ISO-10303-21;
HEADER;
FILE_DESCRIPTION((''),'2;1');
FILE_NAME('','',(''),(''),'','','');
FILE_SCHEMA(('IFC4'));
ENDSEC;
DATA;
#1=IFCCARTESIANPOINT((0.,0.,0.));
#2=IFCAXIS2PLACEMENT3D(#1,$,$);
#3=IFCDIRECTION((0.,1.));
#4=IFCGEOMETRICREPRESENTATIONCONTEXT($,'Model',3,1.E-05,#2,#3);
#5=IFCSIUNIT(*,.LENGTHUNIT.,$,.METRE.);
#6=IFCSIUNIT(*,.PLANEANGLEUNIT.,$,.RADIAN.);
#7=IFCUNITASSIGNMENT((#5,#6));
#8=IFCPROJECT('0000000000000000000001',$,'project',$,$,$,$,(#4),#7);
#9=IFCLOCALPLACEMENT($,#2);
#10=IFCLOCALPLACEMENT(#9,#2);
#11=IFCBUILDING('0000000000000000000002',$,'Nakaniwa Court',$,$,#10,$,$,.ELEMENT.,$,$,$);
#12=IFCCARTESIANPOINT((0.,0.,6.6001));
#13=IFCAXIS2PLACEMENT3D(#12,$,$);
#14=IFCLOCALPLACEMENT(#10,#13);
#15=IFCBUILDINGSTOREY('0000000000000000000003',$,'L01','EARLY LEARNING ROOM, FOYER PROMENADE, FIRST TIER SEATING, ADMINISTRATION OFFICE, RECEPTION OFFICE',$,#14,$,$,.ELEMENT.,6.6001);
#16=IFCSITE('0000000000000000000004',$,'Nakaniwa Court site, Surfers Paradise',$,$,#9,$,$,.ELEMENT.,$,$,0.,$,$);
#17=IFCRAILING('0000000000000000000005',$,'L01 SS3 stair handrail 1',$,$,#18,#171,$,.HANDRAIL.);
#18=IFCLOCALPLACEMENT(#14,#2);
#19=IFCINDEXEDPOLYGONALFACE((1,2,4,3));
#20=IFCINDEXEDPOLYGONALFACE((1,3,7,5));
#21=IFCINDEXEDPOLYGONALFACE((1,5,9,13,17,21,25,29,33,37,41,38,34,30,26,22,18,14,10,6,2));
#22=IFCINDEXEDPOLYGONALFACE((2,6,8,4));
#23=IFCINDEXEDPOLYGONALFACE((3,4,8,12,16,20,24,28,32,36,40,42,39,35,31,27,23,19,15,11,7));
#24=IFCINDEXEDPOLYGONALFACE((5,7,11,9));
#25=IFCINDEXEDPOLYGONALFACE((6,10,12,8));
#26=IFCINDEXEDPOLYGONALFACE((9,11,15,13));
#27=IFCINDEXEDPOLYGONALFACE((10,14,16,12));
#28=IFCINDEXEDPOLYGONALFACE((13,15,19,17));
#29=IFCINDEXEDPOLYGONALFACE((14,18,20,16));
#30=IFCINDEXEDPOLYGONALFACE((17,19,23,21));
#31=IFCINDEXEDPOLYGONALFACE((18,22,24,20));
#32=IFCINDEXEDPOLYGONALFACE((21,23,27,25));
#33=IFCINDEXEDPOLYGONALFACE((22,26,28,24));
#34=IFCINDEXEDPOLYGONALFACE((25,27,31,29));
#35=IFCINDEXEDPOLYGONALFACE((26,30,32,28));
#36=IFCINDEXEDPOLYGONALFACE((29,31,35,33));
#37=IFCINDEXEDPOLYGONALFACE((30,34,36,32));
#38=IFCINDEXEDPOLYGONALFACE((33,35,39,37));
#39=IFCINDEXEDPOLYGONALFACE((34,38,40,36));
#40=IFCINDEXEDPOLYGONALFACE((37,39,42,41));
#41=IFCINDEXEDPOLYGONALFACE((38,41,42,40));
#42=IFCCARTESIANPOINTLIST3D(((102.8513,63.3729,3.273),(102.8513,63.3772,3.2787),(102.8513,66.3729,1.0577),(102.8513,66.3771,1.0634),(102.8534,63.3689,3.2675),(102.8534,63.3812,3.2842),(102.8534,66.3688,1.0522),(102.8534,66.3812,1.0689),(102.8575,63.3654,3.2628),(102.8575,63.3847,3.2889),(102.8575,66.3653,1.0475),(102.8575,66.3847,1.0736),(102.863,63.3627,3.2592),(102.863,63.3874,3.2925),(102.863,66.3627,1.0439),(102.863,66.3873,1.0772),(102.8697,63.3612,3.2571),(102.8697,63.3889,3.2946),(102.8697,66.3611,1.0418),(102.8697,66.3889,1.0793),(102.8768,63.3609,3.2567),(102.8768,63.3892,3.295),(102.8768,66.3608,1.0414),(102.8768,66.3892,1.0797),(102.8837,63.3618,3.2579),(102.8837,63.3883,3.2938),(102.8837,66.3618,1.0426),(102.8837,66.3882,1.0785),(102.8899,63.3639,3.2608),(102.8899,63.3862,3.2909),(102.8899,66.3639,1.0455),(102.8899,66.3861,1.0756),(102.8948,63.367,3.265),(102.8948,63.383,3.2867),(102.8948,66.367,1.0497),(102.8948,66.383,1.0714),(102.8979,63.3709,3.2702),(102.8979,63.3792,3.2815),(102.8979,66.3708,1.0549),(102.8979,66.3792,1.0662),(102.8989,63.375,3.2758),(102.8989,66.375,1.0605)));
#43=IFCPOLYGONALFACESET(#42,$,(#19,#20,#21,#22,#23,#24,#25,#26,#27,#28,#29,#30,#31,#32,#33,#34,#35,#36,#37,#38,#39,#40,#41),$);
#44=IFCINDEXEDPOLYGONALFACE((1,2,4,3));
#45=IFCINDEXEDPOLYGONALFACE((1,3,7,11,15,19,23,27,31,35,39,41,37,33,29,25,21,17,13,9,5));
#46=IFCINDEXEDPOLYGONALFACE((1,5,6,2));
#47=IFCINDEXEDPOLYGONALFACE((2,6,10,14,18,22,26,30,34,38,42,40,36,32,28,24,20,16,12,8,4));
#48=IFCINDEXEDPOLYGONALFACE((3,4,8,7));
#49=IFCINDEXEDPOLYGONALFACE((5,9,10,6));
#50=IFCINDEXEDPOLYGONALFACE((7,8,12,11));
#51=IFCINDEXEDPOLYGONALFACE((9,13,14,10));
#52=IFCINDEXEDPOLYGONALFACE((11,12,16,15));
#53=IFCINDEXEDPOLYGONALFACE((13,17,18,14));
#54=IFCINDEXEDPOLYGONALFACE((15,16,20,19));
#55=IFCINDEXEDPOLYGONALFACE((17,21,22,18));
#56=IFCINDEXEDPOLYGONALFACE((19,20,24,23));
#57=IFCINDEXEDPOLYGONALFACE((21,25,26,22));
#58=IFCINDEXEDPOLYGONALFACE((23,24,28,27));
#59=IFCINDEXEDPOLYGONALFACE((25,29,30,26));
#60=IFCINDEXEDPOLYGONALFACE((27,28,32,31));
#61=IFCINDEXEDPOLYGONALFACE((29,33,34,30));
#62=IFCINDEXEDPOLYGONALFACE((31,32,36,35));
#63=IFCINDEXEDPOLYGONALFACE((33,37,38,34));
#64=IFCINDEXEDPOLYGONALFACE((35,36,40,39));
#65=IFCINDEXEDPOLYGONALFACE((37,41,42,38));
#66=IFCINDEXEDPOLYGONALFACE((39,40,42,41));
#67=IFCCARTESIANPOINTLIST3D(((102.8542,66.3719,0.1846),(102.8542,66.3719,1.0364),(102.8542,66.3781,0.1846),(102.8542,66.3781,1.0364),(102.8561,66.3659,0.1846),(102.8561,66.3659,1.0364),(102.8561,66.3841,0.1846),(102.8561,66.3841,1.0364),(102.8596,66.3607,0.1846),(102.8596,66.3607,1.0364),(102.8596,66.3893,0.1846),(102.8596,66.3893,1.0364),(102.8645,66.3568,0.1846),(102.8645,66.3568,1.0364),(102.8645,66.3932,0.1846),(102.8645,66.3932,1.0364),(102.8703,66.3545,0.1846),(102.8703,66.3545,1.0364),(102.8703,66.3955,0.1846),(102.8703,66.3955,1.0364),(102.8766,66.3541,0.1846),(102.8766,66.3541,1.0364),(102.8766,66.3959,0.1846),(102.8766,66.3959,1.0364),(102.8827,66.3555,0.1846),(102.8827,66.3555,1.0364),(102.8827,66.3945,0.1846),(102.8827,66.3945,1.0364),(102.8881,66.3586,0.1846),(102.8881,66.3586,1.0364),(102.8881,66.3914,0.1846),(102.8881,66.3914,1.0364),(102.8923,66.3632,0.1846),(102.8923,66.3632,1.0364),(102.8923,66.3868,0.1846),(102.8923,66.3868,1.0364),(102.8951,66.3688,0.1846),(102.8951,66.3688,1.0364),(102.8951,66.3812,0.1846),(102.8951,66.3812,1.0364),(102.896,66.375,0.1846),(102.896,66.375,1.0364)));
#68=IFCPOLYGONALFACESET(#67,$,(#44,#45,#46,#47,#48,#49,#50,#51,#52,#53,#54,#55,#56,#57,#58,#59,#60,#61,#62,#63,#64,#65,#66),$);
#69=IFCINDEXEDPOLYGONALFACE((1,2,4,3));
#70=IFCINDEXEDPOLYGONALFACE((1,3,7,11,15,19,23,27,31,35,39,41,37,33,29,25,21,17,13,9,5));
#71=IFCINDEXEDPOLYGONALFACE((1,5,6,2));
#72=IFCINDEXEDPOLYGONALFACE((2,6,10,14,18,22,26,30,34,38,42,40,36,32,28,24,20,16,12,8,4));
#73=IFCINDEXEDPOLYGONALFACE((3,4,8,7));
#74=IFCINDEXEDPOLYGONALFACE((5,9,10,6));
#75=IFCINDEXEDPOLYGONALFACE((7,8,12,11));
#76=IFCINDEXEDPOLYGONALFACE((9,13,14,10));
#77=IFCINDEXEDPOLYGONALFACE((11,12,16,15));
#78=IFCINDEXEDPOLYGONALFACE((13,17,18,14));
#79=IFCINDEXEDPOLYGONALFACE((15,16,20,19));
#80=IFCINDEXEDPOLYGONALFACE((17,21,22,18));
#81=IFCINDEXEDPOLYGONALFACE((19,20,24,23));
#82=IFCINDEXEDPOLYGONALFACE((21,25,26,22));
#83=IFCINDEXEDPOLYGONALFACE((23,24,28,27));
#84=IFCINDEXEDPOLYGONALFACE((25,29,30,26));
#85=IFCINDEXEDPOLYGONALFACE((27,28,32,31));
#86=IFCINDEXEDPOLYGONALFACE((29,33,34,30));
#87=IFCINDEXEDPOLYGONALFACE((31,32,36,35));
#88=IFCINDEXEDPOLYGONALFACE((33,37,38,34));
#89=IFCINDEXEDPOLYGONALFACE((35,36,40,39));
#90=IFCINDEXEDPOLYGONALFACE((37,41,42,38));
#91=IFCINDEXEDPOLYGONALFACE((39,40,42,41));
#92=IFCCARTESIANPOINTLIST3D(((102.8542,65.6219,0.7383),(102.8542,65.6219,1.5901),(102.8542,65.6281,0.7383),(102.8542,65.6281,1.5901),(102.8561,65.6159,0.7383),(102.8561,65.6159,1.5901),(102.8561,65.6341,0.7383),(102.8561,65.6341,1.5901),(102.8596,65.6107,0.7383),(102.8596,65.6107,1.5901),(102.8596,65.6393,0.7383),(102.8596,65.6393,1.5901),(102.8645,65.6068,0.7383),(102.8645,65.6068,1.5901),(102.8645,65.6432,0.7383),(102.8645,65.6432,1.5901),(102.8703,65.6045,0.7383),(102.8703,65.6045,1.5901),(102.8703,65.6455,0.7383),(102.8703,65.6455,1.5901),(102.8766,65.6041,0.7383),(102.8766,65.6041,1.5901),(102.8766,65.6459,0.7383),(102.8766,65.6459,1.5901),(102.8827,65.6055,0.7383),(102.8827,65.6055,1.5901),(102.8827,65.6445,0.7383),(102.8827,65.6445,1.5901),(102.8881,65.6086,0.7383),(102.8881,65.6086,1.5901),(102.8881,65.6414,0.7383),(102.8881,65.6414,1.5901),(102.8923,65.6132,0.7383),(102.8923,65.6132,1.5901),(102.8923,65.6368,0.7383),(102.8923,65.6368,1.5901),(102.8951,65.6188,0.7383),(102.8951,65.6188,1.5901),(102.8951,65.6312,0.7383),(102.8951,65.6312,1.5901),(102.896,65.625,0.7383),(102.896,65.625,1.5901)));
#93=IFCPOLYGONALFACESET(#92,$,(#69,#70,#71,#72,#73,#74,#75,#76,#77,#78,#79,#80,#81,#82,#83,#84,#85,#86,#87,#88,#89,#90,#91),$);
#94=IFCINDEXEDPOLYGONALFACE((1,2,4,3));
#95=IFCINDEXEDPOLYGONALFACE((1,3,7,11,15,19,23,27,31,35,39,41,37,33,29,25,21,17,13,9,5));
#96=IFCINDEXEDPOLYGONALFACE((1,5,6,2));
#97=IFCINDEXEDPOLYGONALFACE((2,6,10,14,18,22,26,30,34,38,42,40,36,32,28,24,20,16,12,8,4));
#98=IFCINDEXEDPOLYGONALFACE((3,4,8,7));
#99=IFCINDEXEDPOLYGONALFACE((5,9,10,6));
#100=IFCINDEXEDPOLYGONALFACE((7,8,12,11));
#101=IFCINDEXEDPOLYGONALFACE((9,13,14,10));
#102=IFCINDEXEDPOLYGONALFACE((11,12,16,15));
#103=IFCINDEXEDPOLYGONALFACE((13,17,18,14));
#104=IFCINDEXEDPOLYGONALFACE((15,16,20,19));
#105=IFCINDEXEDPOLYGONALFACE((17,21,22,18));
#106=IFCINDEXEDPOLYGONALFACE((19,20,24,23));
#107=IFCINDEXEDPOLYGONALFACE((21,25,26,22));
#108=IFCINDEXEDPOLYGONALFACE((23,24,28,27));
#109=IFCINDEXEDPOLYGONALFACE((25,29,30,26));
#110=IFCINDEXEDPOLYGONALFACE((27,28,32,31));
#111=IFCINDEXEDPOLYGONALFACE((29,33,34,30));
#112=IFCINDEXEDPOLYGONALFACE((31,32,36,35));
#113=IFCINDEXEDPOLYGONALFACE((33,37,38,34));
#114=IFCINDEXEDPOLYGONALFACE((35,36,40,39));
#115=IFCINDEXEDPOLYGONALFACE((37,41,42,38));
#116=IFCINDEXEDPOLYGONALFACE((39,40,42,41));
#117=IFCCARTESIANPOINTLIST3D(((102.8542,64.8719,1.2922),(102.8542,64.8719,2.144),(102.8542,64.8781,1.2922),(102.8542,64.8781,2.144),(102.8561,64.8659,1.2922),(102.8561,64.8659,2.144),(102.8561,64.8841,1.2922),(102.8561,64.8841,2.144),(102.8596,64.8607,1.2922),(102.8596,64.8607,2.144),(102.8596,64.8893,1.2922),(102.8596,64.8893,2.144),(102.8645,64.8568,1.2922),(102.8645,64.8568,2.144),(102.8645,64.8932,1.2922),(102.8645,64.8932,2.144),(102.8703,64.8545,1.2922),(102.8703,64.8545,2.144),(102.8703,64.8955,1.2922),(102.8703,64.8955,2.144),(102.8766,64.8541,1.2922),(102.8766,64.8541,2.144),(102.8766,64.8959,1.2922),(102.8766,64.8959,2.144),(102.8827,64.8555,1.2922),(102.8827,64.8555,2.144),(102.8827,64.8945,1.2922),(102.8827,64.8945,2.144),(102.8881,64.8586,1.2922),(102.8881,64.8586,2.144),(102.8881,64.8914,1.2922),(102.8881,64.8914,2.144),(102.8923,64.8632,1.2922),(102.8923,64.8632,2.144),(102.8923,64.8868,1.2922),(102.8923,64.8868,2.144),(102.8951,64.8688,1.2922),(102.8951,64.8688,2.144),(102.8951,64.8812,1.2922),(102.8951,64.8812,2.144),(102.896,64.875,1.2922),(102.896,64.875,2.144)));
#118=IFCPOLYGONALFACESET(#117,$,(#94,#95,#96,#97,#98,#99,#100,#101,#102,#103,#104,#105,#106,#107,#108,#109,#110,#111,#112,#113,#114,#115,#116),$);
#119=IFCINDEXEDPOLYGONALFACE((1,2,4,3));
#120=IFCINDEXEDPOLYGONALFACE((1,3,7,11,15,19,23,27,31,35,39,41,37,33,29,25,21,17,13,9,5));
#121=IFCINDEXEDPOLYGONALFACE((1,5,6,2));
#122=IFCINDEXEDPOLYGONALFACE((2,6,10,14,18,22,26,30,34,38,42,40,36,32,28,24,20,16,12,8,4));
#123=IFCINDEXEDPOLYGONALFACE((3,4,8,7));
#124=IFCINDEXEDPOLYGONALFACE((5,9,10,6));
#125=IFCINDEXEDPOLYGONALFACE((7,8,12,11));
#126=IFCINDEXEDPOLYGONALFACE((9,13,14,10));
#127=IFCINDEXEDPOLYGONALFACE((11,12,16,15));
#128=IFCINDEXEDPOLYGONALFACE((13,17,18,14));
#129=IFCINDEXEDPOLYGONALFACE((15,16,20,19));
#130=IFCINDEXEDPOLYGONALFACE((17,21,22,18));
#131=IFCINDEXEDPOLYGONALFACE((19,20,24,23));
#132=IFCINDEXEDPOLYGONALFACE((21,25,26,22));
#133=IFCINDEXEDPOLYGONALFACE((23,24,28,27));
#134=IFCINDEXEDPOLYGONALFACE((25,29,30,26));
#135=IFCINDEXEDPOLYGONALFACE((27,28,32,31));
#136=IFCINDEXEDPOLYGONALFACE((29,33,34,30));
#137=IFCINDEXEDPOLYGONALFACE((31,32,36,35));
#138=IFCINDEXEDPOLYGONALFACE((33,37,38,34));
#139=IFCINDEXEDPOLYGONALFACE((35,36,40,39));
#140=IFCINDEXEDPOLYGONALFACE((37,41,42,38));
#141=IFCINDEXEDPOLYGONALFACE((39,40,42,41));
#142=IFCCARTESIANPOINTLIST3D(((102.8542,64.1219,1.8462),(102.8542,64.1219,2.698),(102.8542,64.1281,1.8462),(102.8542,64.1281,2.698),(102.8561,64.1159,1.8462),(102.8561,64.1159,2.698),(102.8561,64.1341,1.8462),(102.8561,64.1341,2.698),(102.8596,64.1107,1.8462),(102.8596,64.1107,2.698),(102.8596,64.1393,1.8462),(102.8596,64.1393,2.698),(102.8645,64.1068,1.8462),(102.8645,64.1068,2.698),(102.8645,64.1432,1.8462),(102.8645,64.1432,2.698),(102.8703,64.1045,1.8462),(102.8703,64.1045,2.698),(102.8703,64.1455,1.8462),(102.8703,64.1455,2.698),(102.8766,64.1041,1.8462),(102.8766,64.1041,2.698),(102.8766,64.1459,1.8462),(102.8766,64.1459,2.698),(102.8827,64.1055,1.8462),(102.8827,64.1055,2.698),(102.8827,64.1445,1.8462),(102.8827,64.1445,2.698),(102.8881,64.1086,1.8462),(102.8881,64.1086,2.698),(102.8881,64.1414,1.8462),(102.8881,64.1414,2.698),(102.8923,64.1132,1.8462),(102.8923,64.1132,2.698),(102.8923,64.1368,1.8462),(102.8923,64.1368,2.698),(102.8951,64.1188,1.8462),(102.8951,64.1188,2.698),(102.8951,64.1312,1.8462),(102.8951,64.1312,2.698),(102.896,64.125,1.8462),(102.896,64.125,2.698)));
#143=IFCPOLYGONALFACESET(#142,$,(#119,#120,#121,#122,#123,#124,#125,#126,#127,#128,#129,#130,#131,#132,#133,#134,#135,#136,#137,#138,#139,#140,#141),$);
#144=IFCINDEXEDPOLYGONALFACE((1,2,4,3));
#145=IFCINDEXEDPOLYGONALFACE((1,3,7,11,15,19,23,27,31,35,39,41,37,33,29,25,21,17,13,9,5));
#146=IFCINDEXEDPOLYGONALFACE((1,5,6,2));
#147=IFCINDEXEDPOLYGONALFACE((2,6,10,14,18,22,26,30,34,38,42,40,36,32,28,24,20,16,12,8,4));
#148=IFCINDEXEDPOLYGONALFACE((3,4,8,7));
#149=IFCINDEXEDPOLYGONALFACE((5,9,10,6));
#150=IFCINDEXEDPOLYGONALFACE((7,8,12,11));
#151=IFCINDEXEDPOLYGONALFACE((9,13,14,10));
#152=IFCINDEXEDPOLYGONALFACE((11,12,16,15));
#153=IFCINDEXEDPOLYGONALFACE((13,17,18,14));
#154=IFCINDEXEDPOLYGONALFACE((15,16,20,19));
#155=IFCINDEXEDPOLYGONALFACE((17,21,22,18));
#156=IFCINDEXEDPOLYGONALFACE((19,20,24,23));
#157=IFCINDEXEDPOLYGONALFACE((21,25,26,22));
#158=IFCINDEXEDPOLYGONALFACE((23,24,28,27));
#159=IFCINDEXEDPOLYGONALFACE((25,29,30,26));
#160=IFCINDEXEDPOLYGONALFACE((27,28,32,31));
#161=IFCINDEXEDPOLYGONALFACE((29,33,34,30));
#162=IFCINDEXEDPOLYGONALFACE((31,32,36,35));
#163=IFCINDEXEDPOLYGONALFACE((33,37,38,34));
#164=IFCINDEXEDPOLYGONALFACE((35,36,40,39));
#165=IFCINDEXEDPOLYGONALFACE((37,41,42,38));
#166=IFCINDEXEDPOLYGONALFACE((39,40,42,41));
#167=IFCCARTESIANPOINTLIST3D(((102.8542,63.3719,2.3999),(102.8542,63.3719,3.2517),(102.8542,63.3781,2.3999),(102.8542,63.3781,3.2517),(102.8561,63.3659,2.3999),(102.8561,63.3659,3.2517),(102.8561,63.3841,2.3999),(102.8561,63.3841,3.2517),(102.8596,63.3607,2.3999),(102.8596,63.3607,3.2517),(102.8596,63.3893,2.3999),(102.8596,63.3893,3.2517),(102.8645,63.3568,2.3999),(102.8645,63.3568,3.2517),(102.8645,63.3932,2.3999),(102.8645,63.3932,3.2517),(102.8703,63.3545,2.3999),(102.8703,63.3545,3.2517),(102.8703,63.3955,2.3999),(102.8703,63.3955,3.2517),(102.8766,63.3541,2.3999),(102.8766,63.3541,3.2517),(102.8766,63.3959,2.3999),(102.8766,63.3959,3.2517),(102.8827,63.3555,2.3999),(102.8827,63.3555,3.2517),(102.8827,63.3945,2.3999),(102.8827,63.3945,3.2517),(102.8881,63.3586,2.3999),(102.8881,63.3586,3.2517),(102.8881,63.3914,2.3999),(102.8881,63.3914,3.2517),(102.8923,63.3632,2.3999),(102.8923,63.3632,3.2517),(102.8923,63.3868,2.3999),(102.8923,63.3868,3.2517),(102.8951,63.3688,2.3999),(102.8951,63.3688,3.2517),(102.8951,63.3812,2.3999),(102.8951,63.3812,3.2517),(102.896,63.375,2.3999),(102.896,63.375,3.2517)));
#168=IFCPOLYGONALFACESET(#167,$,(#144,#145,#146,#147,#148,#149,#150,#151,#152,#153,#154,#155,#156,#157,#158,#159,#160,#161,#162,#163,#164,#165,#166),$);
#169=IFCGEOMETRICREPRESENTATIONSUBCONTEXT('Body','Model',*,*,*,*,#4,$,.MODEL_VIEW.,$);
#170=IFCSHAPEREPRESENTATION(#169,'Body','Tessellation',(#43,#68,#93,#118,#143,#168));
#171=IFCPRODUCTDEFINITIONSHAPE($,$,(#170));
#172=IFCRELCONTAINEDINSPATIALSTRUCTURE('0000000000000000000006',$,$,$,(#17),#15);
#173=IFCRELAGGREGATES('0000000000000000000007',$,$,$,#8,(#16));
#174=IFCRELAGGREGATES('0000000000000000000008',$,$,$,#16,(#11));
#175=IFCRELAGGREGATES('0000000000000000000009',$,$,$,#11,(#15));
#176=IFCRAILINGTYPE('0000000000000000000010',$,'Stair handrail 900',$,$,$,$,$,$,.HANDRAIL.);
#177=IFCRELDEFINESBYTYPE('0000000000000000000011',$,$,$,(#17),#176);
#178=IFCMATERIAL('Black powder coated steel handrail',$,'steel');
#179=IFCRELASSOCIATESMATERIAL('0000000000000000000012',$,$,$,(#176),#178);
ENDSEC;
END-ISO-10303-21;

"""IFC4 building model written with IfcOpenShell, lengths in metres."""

from ifc_helpers import new_model, si_unit, direction, frame, origin, origin_2d, place, context, subcontext, project, spatial, circle, extrude, material, type_object, element, save


model = new_model("IFC4")

# Units and contexts
model_context = context("Model", 3, precision=1e-05, world=origin(), true_north=direction((0.0, 1.0)))
body_context = subcontext(model_context, "Body", "Model", "MODEL_VIEW")
ifc_project = project(units=[si_unit("LENGTHUNIT", "METRE"), si_unit("PLANEANGLEUNIT", "RADIAN")], contexts=[model_context])

# Site, building, storey
site_placement = place(None, origin())
site = spatial("IfcSite", under=ifc_project, at=site_placement, Name="Nakaniwa Court site, Surfers Paradise", CompositionType="ELEMENT", RefElevation=0.0)
building_placement = place(site_placement, origin())
building = spatial("IfcBuilding", under=site, at=building_placement, Name="Nakaniwa Court", CompositionType="ELEMENT")
storey_placement = place(building_placement, frame((0.0, 0.0, 6.6001)))
storey = spatial("IfcBuildingStorey", under=building, at=storey_placement, Name="L01", Description="EARLY LEARNING ROOM, FOYER PROMENADE, FIRST TIER SEATING, ADMINISTRATION OFFICE, RECEPTION OFFICE", CompositionType="ELEMENT", Elevation=6.6001)

# Railing
ifc_material_1 = material(Name="Black powder coated steel handrail", Category="steel")
railing_type_1 = type_object("IfcRailingType", Name="Stair handrail 900", PredefinedType="HANDRAIL", material=ifc_material_1)
railing_1_placement = place(storey_placement, frame((102.875, 66.375, 0.1846)))
element("IfcRailing", 1, at=railing_1_placement, inside=storey, type_object=railing_type_1, Name="L01 SS3 stair handrail 1", PredefinedType="HANDRAIL", context=body_context, shape_type="SweptSolid", body=[
    extrude(circle(Radius=0.0239, at=origin_2d()), frame((0.0, 0.0, 0.876), z_axis=(0.0, -0.80444, 0.594034), x_axis=(1.0, 0.0, 0.0)), (0.0, 0.0, 1.0), 3.7292),
    extrude(circle(Radius=0.021, at=origin_2d()), origin(), (0.0, 0.0, 1.0), 0.8518),
    extrude(circle(Radius=0.021, at=origin_2d()), frame((0.0, -0.75, 0.5537)), (0.0, 0.0, 1.0), 0.8518),
    extrude(circle(Radius=0.021, at=origin_2d()), frame((0.0, -1.5, 1.1077)), (0.0, 0.0, 1.0), 0.8518),
    extrude(circle(Radius=0.021, at=origin_2d()), frame((0.0, -2.25, 1.6616)), (0.0, 0.0, 1.0), 0.8518),
    extrude(circle(Radius=0.021, at=origin_2d()), frame((0.0, -3.0, 2.2153)), (0.0, 0.0, 1.0), 0.8518),
])

save(model, "model.ifc")
